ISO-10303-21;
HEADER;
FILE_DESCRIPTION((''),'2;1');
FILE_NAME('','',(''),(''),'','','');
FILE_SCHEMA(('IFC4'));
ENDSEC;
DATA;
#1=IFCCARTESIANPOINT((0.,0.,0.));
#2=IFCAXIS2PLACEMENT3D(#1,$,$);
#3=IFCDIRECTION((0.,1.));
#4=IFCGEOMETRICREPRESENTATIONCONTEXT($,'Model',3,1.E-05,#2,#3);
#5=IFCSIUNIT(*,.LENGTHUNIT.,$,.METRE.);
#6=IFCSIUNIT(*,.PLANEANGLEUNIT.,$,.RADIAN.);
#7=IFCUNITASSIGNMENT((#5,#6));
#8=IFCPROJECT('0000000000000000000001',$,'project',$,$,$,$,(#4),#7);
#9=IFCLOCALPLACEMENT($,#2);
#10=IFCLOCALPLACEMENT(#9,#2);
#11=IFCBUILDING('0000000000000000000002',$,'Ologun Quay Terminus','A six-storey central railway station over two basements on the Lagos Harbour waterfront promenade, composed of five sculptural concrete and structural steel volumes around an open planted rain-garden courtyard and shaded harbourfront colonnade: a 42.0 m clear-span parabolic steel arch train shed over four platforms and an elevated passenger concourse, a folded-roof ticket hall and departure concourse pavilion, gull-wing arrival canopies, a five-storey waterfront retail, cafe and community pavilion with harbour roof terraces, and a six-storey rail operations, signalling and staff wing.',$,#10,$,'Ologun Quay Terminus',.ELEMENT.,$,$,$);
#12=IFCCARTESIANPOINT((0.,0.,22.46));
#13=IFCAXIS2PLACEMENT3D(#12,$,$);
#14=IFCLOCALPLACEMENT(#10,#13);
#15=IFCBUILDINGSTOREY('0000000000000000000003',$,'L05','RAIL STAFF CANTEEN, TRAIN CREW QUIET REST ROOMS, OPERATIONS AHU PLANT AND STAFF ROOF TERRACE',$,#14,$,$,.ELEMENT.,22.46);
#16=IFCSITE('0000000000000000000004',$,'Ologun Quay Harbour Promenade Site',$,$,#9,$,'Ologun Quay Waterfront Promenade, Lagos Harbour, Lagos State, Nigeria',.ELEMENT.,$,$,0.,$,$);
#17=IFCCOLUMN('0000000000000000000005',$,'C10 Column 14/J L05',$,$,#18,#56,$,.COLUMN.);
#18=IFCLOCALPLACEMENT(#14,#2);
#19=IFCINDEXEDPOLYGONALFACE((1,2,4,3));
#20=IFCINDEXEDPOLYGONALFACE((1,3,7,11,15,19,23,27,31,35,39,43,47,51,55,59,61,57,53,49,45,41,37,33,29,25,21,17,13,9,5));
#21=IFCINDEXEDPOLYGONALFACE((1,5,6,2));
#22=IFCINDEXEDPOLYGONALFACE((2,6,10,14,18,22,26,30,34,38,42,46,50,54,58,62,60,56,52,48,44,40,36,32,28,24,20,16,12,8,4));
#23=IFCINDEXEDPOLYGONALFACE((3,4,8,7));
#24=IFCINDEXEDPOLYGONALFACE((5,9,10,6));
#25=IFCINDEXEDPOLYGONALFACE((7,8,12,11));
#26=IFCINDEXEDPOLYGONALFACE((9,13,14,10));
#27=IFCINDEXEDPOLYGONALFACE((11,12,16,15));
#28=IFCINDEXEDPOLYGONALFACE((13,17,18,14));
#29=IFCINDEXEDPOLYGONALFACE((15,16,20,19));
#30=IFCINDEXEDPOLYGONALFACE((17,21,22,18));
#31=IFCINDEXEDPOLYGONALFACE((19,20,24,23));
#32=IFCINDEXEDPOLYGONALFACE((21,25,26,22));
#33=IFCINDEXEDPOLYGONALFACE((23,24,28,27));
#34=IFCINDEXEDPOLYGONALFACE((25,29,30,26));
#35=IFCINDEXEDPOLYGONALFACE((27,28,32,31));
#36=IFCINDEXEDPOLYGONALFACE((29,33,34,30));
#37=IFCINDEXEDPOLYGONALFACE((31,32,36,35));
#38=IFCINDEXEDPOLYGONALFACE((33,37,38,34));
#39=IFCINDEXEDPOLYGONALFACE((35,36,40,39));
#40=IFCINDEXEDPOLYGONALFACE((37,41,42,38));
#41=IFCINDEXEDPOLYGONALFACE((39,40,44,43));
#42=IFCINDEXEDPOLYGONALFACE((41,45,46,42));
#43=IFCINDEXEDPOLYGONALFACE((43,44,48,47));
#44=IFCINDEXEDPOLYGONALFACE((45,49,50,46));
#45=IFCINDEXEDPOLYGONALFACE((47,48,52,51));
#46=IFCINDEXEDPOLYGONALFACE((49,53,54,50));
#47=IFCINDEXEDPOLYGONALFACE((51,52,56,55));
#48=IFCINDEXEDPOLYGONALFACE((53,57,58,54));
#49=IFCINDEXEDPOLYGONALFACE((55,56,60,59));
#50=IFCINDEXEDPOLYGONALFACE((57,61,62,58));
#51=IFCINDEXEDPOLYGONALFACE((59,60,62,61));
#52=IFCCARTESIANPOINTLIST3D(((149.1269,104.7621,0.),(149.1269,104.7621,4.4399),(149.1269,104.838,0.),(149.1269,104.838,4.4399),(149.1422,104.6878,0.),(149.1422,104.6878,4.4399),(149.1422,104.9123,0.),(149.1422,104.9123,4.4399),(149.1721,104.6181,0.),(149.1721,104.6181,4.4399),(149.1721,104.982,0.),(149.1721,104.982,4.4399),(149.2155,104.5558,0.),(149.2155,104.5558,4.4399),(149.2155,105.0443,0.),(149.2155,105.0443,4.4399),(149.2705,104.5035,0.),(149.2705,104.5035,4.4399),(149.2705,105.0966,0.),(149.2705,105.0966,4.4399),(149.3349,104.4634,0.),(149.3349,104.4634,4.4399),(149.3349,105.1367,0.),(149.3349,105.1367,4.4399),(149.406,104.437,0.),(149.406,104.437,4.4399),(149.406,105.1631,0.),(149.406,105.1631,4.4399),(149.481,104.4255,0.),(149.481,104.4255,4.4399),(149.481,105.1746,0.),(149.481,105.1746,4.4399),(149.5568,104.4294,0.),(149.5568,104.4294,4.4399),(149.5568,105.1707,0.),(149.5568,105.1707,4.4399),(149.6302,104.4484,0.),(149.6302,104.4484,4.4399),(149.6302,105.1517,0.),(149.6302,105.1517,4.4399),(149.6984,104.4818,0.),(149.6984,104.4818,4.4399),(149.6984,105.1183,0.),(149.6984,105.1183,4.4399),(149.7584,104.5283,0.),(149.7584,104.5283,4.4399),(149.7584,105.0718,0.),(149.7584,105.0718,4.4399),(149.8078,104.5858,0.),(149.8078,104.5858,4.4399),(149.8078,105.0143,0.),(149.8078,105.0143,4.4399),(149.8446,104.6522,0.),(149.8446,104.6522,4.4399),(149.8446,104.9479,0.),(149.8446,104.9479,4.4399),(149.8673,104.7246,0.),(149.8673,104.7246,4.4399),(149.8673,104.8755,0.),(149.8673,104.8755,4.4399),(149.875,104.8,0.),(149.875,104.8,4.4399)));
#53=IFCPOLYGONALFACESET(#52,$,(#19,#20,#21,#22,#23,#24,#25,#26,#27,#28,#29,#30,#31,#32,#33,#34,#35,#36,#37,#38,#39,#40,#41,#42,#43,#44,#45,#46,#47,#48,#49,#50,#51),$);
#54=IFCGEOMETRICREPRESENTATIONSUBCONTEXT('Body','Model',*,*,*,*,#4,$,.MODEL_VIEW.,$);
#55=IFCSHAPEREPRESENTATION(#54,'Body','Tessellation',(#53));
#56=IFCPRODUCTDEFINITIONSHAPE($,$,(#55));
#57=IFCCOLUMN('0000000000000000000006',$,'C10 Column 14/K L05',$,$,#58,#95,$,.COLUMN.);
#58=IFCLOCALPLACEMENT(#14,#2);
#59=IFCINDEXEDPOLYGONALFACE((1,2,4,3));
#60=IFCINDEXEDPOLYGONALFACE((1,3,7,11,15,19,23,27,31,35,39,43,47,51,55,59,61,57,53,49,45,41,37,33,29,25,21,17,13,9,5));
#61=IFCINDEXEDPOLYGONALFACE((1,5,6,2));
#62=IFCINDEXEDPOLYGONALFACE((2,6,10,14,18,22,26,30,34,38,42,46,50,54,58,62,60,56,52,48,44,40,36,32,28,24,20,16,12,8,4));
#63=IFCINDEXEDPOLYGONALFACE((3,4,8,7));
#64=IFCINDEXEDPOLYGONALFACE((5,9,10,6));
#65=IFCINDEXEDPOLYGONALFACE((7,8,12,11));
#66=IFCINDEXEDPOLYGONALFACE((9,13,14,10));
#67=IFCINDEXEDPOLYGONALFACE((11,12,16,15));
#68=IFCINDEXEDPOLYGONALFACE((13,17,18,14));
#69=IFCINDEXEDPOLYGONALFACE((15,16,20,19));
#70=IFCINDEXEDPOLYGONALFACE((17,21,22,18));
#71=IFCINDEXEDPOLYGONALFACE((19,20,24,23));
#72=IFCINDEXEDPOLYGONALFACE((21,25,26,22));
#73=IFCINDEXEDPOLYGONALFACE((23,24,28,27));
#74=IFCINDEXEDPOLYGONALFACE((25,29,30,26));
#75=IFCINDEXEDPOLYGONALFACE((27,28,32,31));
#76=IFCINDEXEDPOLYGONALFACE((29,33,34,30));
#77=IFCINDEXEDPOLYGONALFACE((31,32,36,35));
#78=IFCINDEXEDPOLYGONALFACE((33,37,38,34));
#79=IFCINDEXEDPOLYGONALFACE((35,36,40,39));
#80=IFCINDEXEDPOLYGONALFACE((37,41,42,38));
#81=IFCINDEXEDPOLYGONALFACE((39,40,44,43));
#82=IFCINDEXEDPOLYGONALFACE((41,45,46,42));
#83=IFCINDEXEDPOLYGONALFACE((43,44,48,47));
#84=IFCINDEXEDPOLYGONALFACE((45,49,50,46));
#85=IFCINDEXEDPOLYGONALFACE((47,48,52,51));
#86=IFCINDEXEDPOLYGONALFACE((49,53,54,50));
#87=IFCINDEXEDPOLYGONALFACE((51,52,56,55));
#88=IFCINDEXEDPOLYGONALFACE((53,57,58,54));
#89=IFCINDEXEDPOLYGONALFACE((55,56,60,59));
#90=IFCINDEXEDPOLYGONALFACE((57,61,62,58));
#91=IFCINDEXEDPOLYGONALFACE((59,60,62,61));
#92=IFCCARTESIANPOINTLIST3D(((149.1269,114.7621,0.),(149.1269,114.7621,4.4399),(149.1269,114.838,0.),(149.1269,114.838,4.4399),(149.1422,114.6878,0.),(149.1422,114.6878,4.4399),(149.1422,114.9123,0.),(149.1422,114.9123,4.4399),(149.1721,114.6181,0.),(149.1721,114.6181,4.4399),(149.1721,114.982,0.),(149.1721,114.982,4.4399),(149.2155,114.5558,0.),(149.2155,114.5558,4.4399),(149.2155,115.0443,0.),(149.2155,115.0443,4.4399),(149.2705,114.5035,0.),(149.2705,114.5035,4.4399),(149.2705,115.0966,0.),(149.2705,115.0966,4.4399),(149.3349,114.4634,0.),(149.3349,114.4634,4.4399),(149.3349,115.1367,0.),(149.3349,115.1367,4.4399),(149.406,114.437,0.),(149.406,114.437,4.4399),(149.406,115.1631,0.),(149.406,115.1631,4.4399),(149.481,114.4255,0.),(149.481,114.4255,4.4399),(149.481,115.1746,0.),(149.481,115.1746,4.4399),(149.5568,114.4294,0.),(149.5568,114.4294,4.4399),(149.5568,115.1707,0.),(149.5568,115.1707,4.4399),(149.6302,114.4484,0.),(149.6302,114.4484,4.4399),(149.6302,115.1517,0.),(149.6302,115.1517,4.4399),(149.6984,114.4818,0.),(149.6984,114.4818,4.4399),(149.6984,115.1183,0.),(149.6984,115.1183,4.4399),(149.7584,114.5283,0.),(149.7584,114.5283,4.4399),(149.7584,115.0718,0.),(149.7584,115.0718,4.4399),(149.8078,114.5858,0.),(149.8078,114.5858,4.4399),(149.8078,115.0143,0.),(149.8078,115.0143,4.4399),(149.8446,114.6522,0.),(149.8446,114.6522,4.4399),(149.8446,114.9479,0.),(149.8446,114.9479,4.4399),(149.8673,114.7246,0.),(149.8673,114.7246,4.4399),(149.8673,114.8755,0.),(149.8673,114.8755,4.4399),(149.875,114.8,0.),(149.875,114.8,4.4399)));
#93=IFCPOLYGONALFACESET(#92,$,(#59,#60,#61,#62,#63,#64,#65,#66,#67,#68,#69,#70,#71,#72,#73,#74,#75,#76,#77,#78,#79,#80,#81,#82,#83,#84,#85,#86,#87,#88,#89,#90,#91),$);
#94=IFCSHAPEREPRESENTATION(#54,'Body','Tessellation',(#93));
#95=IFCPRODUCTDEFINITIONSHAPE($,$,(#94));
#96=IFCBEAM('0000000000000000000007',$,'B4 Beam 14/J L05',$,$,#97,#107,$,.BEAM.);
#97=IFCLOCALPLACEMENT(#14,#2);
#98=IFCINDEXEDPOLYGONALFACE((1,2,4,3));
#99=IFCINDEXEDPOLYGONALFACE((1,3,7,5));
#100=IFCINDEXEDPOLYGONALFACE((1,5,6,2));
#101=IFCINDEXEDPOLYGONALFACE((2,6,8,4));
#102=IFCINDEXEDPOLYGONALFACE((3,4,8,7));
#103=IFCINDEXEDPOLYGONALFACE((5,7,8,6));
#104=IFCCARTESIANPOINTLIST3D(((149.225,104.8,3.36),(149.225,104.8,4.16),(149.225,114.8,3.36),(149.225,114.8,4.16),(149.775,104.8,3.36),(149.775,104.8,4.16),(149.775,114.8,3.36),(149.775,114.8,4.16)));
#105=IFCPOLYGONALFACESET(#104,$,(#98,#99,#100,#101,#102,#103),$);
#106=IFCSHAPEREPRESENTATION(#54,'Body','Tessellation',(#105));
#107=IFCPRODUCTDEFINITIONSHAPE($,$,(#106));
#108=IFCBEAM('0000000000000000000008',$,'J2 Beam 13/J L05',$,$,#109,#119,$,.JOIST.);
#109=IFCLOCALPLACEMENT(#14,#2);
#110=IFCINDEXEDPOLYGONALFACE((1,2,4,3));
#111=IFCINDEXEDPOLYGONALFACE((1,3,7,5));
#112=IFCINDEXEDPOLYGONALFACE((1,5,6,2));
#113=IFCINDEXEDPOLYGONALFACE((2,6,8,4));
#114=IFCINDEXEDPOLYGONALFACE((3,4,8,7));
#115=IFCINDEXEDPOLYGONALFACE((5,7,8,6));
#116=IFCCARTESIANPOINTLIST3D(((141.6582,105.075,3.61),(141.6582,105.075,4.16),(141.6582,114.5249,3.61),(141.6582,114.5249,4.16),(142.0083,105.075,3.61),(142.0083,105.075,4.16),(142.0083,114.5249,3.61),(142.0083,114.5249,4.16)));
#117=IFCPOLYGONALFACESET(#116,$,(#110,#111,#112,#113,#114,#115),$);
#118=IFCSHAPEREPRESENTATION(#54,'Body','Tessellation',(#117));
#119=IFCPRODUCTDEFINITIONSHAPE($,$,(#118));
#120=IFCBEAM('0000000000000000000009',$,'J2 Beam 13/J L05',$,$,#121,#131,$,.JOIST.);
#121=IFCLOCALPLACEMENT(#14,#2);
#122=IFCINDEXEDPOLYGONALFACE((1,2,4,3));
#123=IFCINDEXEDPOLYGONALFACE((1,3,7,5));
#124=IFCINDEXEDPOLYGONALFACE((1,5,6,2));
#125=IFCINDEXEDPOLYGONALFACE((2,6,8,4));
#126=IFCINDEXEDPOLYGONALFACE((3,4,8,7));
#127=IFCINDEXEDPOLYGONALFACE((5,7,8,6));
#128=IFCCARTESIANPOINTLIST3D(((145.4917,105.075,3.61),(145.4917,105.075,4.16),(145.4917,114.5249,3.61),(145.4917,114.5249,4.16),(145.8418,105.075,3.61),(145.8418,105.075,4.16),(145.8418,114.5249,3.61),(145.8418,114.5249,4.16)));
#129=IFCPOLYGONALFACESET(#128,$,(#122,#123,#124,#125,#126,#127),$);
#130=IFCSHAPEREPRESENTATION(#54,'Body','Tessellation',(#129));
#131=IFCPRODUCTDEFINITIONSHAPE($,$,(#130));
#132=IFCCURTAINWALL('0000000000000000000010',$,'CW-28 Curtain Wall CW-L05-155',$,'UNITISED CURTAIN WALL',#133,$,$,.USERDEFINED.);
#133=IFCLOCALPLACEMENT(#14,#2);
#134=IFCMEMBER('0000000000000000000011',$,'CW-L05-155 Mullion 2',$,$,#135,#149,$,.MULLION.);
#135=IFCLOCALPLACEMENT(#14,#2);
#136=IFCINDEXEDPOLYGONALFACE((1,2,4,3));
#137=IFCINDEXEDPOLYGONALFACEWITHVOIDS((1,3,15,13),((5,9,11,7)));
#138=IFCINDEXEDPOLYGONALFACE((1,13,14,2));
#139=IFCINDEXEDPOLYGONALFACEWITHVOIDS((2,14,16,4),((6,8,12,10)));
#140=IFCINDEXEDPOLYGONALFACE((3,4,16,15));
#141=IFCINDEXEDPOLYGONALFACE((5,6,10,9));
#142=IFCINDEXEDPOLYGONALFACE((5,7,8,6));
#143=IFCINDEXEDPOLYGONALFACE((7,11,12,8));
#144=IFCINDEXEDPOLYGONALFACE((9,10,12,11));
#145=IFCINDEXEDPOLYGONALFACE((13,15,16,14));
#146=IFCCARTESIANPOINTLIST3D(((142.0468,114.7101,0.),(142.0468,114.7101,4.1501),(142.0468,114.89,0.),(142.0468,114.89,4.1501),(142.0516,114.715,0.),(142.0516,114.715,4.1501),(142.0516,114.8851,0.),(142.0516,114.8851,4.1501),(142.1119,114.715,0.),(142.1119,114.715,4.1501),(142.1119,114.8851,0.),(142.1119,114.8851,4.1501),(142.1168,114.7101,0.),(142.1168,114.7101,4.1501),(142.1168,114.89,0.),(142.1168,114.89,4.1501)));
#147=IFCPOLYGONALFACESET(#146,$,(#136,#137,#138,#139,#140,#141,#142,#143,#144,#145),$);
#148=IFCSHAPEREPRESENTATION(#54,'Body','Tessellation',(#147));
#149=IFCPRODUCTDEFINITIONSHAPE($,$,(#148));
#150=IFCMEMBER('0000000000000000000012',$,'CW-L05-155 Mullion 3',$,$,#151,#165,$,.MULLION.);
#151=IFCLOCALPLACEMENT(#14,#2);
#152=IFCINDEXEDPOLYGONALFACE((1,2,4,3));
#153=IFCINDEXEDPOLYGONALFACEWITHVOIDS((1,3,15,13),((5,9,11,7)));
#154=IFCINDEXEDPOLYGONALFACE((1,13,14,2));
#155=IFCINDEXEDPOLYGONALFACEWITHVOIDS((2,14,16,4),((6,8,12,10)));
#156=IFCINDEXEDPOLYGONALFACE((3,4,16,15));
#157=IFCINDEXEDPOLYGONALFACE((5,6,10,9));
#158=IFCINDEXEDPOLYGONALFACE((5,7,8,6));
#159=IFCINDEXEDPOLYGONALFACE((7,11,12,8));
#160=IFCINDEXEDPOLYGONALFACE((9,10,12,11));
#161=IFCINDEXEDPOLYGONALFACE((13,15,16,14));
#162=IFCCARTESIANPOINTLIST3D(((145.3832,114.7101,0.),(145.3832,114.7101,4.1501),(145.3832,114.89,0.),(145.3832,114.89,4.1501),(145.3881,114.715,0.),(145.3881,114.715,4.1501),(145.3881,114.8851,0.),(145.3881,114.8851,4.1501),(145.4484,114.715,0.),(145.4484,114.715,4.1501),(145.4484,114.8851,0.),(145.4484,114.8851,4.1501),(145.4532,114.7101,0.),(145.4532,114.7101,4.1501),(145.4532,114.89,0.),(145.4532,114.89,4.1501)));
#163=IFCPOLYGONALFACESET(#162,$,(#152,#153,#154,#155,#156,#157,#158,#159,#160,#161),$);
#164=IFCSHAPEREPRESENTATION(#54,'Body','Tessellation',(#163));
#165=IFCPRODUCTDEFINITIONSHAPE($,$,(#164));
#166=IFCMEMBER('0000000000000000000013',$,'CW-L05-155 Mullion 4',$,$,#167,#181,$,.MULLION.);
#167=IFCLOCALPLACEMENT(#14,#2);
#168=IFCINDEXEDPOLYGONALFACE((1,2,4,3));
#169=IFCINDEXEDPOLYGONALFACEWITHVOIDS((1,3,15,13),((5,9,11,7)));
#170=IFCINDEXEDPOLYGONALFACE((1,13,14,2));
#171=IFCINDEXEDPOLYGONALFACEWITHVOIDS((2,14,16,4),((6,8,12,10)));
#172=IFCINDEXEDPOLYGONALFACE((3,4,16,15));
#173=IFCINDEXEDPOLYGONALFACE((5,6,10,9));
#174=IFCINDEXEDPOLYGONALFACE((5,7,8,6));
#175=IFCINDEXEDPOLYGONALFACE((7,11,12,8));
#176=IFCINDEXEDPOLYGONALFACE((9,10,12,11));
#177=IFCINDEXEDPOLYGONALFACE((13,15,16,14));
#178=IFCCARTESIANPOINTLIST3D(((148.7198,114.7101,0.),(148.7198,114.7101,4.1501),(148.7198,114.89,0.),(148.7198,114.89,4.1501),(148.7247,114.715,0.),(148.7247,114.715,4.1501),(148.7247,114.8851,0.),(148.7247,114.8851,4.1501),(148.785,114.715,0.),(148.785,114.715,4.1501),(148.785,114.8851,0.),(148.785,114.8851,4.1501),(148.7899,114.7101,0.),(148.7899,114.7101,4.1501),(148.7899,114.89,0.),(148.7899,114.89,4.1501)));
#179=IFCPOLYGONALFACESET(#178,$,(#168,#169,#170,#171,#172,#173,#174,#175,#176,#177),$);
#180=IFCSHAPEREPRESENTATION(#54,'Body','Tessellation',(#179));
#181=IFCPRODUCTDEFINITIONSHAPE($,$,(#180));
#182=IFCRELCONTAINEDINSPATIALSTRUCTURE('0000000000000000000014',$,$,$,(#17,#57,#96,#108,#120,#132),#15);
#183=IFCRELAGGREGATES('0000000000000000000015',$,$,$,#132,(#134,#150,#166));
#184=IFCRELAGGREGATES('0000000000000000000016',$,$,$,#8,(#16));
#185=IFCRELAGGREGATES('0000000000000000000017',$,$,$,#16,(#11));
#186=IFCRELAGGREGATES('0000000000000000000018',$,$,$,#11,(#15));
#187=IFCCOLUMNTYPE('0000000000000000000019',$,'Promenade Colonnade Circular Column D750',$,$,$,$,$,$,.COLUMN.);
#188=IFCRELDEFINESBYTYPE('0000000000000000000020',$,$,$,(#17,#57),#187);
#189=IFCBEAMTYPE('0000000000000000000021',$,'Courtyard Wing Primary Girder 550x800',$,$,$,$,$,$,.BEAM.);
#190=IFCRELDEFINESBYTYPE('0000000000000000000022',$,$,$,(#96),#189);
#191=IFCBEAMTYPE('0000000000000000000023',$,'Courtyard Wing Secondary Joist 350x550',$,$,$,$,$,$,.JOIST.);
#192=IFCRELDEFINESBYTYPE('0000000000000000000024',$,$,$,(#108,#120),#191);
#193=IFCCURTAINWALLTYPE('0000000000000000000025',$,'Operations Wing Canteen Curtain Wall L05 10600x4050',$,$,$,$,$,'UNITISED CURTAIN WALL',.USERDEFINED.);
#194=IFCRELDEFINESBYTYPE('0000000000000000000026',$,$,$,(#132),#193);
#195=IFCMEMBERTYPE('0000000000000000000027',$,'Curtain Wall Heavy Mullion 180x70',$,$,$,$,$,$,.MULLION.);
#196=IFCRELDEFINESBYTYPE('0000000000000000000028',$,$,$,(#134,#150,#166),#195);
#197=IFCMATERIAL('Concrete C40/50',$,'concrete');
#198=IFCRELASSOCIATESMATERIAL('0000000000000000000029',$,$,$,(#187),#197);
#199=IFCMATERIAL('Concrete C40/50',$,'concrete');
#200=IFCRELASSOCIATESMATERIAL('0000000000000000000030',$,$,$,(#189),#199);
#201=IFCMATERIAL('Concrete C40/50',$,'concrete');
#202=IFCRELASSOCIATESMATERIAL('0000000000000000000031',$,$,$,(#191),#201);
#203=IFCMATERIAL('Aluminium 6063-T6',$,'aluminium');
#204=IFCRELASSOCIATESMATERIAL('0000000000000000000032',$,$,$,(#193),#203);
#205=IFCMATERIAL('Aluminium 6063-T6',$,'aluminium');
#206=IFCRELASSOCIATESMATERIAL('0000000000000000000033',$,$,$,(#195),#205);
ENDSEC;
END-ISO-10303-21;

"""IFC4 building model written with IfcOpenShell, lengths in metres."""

from ifc_helpers import new_model, si_unit, direction, frame, origin, origin_2d, place, context, subcontext, project, spatial, rectangle, hollow_rectangle, circle, extrude, material, material_profile, profile_set, type_object, element, aggregate, save


model = new_model("IFC4")

# Units and contexts
model_context = context("Model", 3, precision=1e-05, world=origin(), true_north=direction((0.0, 1.0)))
body_context = subcontext(model_context, "Body", "Model", "MODEL_VIEW")
ifc_project = project(units=[si_unit("LENGTHUNIT", "METRE"), si_unit("PLANEANGLEUNIT", "RADIAN")], contexts=[model_context])

# Site, building, storey
site_placement = place(None, origin())
site = spatial("IfcSite", under=ifc_project, at=site_placement, Name="Ologun Quay Harbour Promenade Site", LongName="Ologun Quay Waterfront Promenade, Lagos Harbour, Lagos State, Nigeria", CompositionType="ELEMENT", RefElevation=0.0)
building_placement = place(site_placement, origin())
building = spatial("IfcBuilding", under=site, at=building_placement, Name="Ologun Quay Terminus", Description="A six-storey central railway station over two basements on the Lagos Harbour waterfront promenade, composed of five sculptural concrete and structural steel volumes around an open planted rain-garden courtyard and shaded harbourfront colonnade: a 42.0 m clear-span parabolic steel arch train shed over four platforms and an elevated passenger concourse, a folded-roof ticket hall and departure concourse pavilion, gull-wing arrival canopies, a five-storey waterfront retail, cafe and community pavilion with harbour roof terraces, and a six-storey rail operations, signalling and staff wing.", LongName="Ologun Quay Terminus", CompositionType="ELEMENT")
storey_placement = place(building_placement, frame((0.0, 0.0, 22.46)))
storey = spatial("IfcBuildingStorey", under=building, at=storey_placement, Name="L05", Description="RAIL STAFF CANTEEN, TRAIN CREW QUIET REST ROOMS, OPERATIONS AHU PLANT AND STAFF ROOF TERRACE", CompositionType="ELEMENT", Elevation=22.46)

# Columns
ifc_material_1 = material(Name="Concrete C40/50", Category="concrete")
ifc_material_profile_1 = material_profile(ifc_material_1, circle(Radius=0.375, at=origin_2d()), Name="RC D750")
ifc_profile_set_1 = profile_set([ifc_material_profile_1], Name="Concrete C40/50")
column_type = type_object("IfcColumnType", Name="Promenade Colonnade Circular Column D750", PredefinedType="COLUMN", material=ifc_profile_set_1)
for number, where, z_axis, x_axis, name in (
    (1, (149.5, 104.8, 0.0), (0.0, 0.0, 1.0), (1.0, 0.0, 0.0), "C10 Column 14/J L05"),
    (2, (149.5, 114.8, 0.0), (0.0, 0.0, 1.0), (1.0, 0.0, 0.0), "C10 Column 14/K L05"),
):
    element("IfcColumn", number, at=place(storey_placement, frame(where, z_axis=z_axis, x_axis=x_axis)), inside=storey, type_object=column_type, Name=name, PredefinedType="COLUMN", context=body_context, shape_type="SweptSolid", body=[
        extrude(circle(Radius=0.375, at=origin_2d()), origin(), (0.0, 0.0, 1.0), 4.4399),
    ])

# Beams
ifc_material_2 = material(Name="Concrete C40/50", Category="concrete")
ifc_material_profile_2 = material_profile(ifc_material_2, rectangle(XDim=0.55, YDim=0.8, at=origin_2d()), Name="RC 550x800")
ifc_profile_set_2 = profile_set([ifc_material_profile_2], Name="Concrete C40/50")
beam_type_1 = type_object("IfcBeamType", Name="Courtyard Wing Primary Girder 550x800", PredefinedType="BEAM", material=ifc_profile_set_2)
beam_placement = place(storey_placement, frame((149.5, 104.8, 3.76), z_axis=(0.0, 1.0, 0.0), x_axis=(-1.0, 0.0, 0.0)))
element("IfcBeam", 3, at=beam_placement, inside=storey, type_object=beam_type_1, Name="B4 Beam 14/J L05", PredefinedType="BEAM", context=body_context, shape_type="SweptSolid", body=[
    extrude(rectangle(XDim=0.55, YDim=0.8, at=origin_2d()), origin(), (0.0, 0.0, 1.0), 10.0),
])
ifc_material_3 = material(Name="Concrete C40/50", Category="concrete")
ifc_material_profile_3 = material_profile(ifc_material_3, rectangle(XDim=0.3501, YDim=0.55, at=origin_2d()), Name="RC 350x550")
ifc_profile_set_3 = profile_set([ifc_material_profile_3], Name="Concrete C40/50")
beam_type_2 = type_object("IfcBeamType", Name="Courtyard Wing Secondary Joist 350x550", PredefinedType="JOIST", material=ifc_profile_set_3)
for number, where, z_axis, x_axis, name in (
    (4, (141.8333, 105.075, 3.885), (0.0, 1.0, 0.0), (-1.0, 0.0, 0.0), "J2 Beam 13/J L05"),
    (5, (145.6667, 105.075, 3.885), (0.0, 1.0, 0.0), (-1.0, 0.0, 0.0), "J2 Beam 13/J L05"),
):
    element("IfcBeam", number, at=place(storey_placement, frame(where, z_axis=z_axis, x_axis=x_axis)), inside=storey, type_object=beam_type_2, Name=name, PredefinedType="JOIST", context=body_context, shape_type="SweptSolid", body=[
        extrude(rectangle(XDim=0.3501, YDim=0.55, at=origin_2d()), origin(), (0.0, 0.0, 1.0), 9.45),
    ])

# Curtain wall, members
ifc_material_4 = material(Name="Aluminium 6063-T6", Category="aluminium")
curtain_wall_type = type_object("IfcCurtainWallType", Name="Operations Wing Canteen Curtain Wall L05 10600x4050", ElementType="UNITISED CURTAIN WALL", PredefinedType="USERDEFINED", material=ifc_material_4)
curtain_wall_placement = place(storey_placement, origin())
curtain_wall = element("IfcCurtainWall", 6, at=curtain_wall_placement, inside=storey, type_object=curtain_wall_type, Name="CW-28 Curtain Wall CW-L05-155", ObjectType="UNITISED CURTAIN WALL", PredefinedType="USERDEFINED")
ifc_material_5 = material(Name="Aluminium 6063-T6", Category="aluminium")
ifc_material_profile_4 = material_profile(ifc_material_5, hollow_rectangle(XDim=0.0701, YDim=0.1799, WallThickness=0.0049, at=origin_2d()), Name="ALU 180x70x5")
ifc_profile_set_4 = profile_set([ifc_material_profile_4], Name="Aluminium 6063-T6")
member_type_1 = type_object("IfcMemberType", Name="Curtain Wall Heavy Mullion 180x70", PredefinedType="MULLION", material=ifc_profile_set_4)
member_1_placement = place(storey_placement, frame((142.0818, 114.8, 0.0), z_axis=(0.0, 0.0, 1.0), x_axis=(1.0, 0.0, 0.0)))
member_1 = element("IfcMember", 7, at=member_1_placement, type_object=member_type_1, Name="CW-L05-155 Mullion 2", PredefinedType="MULLION", context=body_context, shape_type="SweptSolid", body=[
    extrude(hollow_rectangle(XDim=0.0701, YDim=0.1799, WallThickness=0.0049, at=origin_2d()), origin(), (0.0, 0.0, 1.0), 4.1501),
])
member_2_placement = place(storey_placement, frame((145.4182, 114.8, 0.0), z_axis=(0.0, 0.0, 1.0), x_axis=(1.0, 0.0, 0.0)))
member_2 = element("IfcMember", 8, at=member_2_placement, type_object=member_type_1, Name="CW-L05-155 Mullion 3", PredefinedType="MULLION", context=body_context, shape_type="SweptSolid", body=[
    extrude(hollow_rectangle(XDim=0.0701, YDim=0.1799, WallThickness=0.0049, at=origin_2d()), origin(), (0.0, 0.0, 1.0), 4.1501),
])
member_3_placement = place(storey_placement, frame((148.7549, 114.8, 0.0), z_axis=(0.0, 0.0, 1.0), x_axis=(1.0, 0.0, 0.0)))
member_3 = element("IfcMember", 9, at=member_3_placement, type_object=member_type_1, Name="CW-L05-155 Mullion 4", PredefinedType="MULLION", context=body_context, shape_type="SweptSolid", body=[
    extrude(hollow_rectangle(XDim=0.0701, YDim=0.1799, WallThickness=0.0049, at=origin_2d()), origin(), (0.0, 0.0, 1.0), 4.1501),
])
aggregate(curtain_wall, [member_1, member_2, member_3])

save(model, "model.ifc")
